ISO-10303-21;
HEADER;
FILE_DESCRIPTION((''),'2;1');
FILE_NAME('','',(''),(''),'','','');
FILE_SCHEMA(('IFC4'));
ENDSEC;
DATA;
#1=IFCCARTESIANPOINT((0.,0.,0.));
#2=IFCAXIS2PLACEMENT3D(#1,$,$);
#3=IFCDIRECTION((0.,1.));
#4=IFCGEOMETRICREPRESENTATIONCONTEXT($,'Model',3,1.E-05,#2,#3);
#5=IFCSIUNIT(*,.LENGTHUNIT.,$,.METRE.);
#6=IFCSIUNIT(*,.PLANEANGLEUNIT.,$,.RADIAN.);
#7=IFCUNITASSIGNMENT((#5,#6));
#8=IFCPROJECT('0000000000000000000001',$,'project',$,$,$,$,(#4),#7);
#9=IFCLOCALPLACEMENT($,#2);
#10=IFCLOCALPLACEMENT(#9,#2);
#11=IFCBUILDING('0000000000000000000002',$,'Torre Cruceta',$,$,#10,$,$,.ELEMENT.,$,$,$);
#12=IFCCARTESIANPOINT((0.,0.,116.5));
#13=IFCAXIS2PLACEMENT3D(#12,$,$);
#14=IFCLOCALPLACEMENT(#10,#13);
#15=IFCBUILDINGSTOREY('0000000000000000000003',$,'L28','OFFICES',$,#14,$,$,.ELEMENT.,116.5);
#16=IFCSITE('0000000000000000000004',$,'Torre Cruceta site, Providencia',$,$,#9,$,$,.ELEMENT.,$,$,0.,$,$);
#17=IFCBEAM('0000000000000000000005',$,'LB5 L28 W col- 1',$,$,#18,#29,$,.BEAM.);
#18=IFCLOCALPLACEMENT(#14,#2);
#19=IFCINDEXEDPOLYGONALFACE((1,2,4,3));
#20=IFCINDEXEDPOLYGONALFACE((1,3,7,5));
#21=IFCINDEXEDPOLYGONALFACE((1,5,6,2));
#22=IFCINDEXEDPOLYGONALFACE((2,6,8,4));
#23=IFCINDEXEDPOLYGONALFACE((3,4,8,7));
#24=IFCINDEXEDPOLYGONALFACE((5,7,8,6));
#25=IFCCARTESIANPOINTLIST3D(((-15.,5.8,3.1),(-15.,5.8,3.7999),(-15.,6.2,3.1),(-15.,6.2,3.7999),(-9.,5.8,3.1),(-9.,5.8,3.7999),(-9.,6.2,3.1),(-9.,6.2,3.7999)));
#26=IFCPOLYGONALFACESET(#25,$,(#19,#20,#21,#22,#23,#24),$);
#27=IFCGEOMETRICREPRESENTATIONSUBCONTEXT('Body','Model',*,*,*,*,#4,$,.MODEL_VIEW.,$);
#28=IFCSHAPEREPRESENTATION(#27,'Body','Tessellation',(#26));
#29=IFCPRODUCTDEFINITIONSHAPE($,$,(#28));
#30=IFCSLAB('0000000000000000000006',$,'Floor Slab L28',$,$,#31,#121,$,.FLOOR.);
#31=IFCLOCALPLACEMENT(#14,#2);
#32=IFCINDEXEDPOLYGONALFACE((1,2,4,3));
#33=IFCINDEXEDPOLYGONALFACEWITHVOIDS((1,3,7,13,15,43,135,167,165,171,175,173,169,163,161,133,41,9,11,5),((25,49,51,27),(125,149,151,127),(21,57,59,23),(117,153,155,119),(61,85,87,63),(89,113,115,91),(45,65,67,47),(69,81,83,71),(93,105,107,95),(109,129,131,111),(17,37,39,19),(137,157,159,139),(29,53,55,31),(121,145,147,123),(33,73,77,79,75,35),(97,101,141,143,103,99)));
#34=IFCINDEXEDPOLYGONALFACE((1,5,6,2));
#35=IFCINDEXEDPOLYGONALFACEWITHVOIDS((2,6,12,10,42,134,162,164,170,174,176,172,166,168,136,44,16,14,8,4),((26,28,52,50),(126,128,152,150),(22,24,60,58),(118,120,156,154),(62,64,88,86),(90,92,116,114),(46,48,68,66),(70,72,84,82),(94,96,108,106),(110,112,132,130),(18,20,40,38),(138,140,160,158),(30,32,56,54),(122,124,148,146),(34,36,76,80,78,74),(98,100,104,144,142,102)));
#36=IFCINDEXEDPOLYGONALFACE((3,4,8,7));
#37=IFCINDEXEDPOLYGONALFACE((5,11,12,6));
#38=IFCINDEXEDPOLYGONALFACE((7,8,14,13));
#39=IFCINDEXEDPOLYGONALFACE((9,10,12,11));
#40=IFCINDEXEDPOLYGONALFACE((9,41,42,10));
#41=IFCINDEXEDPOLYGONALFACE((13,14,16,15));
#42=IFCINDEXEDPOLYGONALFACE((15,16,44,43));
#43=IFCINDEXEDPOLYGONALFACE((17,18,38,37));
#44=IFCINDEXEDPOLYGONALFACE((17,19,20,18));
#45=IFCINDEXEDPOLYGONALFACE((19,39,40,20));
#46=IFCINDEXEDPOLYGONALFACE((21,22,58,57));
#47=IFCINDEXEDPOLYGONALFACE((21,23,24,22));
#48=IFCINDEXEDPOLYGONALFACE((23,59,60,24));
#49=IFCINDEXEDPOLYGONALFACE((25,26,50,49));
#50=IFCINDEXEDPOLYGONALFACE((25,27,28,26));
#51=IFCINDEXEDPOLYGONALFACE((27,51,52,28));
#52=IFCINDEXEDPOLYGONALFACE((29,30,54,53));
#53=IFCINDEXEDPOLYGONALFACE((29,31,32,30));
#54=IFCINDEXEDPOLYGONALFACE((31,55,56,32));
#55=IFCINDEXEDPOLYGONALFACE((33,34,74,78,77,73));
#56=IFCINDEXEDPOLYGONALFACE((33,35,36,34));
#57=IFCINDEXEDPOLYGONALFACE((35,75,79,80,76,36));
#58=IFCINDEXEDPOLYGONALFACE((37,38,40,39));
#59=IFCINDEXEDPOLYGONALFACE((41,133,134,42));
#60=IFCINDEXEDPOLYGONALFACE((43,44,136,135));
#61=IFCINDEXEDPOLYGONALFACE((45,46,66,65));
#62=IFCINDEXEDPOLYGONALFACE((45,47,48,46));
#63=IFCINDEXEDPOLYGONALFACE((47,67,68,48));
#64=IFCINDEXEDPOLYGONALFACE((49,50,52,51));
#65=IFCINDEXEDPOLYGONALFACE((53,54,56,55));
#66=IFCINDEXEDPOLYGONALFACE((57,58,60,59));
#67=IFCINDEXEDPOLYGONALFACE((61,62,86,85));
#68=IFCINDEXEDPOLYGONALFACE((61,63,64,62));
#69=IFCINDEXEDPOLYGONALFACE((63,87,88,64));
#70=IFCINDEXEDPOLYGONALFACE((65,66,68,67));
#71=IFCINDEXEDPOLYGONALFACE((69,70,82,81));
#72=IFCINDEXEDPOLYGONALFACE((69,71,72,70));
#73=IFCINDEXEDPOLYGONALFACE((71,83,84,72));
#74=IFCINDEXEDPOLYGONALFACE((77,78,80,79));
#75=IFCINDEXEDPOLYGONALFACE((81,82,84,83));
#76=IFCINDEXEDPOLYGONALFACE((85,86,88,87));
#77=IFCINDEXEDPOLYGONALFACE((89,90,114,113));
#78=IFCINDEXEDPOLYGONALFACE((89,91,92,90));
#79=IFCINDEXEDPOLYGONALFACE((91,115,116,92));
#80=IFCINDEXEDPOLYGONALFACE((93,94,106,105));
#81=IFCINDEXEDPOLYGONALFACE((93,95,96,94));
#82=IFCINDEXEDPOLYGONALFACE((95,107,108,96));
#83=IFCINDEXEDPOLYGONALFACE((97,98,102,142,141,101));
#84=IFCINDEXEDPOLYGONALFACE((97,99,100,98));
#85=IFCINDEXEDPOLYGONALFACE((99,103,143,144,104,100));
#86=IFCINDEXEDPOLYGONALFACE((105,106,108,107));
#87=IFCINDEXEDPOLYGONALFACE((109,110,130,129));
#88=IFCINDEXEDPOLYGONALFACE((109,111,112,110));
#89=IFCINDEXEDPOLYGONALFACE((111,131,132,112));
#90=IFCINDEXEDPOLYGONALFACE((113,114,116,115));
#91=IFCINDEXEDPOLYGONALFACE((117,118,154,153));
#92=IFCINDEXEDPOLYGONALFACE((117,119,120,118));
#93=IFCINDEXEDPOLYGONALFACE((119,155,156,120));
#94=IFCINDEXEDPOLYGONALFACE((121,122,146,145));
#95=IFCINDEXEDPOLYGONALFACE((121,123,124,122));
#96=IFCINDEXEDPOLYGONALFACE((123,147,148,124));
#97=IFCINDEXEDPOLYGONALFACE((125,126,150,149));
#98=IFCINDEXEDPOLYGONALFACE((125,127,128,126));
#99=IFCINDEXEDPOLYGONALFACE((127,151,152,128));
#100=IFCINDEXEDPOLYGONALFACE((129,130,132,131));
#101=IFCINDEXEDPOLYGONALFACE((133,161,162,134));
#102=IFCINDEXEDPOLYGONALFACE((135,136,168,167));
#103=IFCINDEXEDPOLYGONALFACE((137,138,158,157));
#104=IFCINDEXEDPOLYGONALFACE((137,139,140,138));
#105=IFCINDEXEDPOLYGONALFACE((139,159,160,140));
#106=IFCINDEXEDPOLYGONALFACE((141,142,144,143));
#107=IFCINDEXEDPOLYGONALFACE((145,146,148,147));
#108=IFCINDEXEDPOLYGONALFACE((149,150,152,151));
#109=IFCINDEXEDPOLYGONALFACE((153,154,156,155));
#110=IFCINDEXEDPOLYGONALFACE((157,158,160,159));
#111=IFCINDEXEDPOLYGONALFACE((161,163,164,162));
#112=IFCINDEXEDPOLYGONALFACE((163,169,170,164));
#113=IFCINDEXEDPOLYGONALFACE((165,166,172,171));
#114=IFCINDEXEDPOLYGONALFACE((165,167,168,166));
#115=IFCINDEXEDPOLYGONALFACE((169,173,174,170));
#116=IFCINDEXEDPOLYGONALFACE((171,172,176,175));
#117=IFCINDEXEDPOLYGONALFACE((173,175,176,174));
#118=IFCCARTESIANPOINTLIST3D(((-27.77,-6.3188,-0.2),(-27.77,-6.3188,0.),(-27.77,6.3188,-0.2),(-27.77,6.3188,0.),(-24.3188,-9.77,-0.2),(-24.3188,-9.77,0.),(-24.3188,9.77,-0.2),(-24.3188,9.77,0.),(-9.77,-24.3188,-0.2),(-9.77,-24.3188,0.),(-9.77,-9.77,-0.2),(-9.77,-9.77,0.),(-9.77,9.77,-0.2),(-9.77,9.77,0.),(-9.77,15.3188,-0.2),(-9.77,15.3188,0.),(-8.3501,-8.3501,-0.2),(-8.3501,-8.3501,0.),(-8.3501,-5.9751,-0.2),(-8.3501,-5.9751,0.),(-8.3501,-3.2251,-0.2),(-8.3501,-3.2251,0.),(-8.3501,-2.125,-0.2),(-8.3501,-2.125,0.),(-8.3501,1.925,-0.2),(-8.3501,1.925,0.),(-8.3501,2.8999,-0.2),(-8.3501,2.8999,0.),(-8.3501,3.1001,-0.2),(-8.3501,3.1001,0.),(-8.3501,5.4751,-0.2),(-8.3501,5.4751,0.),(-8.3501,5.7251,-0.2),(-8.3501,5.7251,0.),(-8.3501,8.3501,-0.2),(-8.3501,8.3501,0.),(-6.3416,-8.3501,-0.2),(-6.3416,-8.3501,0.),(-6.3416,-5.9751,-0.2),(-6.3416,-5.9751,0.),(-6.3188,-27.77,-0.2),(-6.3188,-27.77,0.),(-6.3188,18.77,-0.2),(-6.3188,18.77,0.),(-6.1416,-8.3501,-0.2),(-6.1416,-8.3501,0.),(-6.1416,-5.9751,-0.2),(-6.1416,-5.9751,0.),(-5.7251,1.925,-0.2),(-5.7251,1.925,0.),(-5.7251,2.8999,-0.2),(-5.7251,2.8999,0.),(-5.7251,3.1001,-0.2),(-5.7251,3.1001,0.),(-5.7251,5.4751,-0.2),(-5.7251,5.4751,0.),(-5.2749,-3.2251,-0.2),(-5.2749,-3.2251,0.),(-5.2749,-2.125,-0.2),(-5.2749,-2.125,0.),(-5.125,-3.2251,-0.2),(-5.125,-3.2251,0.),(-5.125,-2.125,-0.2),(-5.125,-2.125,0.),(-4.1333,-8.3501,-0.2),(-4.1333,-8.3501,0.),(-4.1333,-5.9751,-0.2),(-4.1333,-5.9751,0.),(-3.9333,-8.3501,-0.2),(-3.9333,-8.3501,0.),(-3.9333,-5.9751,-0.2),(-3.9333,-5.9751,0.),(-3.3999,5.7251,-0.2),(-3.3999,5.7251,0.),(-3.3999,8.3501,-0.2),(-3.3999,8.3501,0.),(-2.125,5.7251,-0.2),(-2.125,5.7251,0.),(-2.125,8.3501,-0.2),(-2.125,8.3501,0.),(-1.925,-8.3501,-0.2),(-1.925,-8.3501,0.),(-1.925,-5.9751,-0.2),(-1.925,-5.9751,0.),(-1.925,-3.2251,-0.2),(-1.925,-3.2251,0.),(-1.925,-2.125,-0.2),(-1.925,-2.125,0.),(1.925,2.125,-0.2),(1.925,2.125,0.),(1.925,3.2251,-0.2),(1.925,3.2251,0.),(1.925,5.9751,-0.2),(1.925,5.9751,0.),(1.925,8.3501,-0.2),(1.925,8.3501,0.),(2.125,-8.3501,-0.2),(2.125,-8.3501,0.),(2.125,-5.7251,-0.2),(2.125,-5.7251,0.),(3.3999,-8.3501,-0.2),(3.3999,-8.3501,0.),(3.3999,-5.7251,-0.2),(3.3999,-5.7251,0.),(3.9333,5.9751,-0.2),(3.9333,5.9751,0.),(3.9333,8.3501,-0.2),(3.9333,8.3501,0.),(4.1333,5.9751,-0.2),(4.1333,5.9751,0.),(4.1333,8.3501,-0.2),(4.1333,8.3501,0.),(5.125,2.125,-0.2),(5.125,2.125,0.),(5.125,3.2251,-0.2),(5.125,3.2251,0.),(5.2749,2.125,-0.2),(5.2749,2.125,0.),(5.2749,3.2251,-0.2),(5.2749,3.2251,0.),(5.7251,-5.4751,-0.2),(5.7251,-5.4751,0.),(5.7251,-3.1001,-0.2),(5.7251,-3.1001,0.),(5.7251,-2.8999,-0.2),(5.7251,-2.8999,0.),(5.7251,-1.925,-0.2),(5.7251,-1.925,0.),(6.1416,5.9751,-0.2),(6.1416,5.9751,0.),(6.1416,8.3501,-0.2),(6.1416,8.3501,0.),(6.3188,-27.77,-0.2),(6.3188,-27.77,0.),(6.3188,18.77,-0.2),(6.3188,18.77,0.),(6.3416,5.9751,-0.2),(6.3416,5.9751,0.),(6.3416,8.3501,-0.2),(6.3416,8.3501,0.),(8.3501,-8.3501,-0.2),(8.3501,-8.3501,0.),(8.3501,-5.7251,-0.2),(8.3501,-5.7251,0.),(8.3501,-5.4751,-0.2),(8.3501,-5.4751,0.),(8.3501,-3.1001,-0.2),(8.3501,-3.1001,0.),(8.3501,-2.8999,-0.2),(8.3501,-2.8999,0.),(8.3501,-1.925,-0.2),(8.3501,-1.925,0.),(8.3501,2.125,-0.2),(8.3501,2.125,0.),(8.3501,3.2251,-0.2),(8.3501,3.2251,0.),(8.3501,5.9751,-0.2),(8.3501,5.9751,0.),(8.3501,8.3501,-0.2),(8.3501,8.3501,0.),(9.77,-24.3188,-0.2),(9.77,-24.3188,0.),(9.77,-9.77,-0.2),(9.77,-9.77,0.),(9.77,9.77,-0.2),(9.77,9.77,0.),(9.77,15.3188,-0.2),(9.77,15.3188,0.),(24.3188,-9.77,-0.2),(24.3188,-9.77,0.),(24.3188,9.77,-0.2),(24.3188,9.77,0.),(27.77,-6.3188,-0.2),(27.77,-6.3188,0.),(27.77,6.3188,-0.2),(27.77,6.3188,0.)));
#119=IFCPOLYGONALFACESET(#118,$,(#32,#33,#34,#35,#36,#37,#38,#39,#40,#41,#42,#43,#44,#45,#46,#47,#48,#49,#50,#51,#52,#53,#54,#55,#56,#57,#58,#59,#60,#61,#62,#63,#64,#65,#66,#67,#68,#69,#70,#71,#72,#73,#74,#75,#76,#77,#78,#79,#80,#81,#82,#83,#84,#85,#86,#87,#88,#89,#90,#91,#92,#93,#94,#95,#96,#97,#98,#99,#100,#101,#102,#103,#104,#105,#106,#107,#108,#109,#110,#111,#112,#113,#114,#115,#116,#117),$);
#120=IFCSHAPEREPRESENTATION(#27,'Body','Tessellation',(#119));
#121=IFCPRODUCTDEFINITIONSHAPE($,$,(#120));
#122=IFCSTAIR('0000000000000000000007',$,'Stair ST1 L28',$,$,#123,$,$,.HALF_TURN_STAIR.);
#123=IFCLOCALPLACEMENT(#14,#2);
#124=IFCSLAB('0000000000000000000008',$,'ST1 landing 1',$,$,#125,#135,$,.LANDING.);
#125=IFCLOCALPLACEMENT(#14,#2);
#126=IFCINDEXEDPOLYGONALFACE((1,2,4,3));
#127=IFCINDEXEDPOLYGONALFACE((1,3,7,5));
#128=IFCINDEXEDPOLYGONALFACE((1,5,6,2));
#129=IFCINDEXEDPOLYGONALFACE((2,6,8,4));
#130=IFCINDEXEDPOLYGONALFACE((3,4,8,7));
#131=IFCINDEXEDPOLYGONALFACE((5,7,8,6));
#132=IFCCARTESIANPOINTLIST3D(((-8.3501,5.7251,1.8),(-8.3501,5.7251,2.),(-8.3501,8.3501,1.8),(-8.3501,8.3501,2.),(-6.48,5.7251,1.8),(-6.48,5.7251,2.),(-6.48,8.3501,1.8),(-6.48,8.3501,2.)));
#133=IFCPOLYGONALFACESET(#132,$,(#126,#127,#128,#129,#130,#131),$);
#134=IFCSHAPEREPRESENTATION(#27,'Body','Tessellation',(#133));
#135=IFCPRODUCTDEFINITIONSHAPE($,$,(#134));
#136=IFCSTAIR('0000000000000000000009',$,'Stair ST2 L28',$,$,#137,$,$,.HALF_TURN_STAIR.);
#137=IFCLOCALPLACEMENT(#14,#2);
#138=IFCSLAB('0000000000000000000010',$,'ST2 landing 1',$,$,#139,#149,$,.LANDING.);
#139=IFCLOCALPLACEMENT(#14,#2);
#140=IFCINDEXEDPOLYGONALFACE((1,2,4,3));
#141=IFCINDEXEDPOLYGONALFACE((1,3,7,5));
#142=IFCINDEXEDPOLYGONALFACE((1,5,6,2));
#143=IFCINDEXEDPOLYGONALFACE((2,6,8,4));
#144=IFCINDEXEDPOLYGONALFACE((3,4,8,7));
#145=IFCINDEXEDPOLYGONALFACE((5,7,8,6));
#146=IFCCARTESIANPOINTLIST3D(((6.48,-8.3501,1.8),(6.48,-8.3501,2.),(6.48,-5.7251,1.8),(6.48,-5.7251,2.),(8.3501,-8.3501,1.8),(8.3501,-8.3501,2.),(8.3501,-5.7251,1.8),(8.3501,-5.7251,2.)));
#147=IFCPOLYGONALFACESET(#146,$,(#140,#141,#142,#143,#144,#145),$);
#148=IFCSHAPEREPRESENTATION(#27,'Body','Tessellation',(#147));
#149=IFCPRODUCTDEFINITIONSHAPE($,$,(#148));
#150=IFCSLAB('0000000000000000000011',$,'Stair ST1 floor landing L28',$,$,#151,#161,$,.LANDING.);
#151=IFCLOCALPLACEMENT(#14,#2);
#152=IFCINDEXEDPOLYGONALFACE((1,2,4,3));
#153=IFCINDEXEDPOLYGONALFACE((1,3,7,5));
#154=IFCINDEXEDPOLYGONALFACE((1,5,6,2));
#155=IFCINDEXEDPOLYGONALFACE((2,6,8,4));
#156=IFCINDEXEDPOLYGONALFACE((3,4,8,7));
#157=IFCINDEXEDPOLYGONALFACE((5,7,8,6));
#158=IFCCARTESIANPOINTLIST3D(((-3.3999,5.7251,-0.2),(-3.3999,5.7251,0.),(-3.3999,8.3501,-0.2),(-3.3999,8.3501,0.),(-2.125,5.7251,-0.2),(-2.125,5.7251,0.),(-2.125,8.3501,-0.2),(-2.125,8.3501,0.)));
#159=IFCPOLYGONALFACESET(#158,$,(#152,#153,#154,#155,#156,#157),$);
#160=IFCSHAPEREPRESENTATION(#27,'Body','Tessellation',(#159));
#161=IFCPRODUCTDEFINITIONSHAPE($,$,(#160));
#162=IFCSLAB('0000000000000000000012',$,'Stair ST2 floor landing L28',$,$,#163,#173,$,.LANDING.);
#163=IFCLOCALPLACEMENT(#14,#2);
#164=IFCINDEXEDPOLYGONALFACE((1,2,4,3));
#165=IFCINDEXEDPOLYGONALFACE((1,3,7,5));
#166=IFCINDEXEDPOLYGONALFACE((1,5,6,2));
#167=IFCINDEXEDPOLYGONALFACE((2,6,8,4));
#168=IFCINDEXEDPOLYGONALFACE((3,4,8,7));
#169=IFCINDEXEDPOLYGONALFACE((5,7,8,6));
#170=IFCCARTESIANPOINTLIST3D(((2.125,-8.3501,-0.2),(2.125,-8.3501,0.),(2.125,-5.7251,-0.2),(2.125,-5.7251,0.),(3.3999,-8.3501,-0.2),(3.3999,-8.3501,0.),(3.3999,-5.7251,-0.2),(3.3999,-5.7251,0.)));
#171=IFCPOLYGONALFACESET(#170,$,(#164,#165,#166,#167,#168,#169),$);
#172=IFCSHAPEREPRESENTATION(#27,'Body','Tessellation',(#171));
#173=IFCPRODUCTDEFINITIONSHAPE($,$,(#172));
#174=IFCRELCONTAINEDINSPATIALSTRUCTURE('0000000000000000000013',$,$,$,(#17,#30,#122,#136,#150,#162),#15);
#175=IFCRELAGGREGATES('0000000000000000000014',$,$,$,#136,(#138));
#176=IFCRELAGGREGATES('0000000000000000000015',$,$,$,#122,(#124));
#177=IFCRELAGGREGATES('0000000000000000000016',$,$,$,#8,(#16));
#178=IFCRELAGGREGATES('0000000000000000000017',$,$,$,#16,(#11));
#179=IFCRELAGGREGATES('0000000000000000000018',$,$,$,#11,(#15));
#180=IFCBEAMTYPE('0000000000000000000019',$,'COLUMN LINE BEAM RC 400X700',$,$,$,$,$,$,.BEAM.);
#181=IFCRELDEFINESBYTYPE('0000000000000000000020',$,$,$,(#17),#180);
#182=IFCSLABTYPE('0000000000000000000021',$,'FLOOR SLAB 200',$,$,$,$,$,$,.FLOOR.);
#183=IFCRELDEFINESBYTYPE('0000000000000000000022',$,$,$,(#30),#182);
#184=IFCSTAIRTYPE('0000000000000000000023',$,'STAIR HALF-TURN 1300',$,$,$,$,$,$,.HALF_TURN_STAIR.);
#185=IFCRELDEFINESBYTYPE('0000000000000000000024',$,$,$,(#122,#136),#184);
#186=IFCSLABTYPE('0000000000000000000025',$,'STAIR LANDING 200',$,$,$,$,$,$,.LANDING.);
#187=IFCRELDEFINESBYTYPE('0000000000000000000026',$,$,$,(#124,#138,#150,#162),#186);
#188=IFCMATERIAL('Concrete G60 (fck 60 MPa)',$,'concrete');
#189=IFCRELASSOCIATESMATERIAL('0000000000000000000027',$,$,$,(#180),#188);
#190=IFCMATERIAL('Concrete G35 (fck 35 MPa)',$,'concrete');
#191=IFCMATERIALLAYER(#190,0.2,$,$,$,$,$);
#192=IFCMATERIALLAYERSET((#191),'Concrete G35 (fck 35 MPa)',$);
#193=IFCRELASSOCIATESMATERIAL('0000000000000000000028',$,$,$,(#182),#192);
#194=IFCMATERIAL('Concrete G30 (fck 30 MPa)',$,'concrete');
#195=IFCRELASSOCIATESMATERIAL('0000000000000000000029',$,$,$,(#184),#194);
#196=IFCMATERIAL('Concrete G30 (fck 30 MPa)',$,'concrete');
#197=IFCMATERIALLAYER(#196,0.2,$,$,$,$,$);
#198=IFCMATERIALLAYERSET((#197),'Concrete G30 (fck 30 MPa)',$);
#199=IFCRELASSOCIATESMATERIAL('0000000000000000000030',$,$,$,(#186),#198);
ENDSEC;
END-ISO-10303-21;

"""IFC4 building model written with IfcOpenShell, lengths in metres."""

from ifc_helpers import new_model, si_unit, direction, frame, origin, origin_2d, place, context, subcontext, project, spatial, polyline, rectangle, outline, extrude, material, layer, layer_set, material_profile, profile_set, type_object, element, aggregate, save


model = new_model("IFC4")

# Units and contexts
model_context = context("Model", 3, precision=1e-05, world=origin(), true_north=direction((0.0, 1.0)))
body_context = subcontext(model_context, "Body", "Model", "MODEL_VIEW")
ifc_project = project(units=[si_unit("LENGTHUNIT", "METRE"), si_unit("PLANEANGLEUNIT", "RADIAN")], contexts=[model_context])

# Site, building, storey
site_placement = place(None, origin())
site = spatial("IfcSite", under=ifc_project, at=site_placement, Name="Torre Cruceta site, Providencia", CompositionType="ELEMENT", RefElevation=0.0)
building_placement = place(site_placement, origin())
building = spatial("IfcBuilding", under=site, at=building_placement, Name="Torre Cruceta", CompositionType="ELEMENT")
storey_placement = place(building_placement, frame((0.0, 0.0, 116.5)))
storey = spatial("IfcBuildingStorey", under=building, at=storey_placement, Name="L28", Description="OFFICES", CompositionType="ELEMENT", Elevation=116.5)

# Beam
ifc_material_1 = material(Name="Concrete G60 (fck 60 MPa)", Category="concrete")
ifc_material_profile = material_profile(ifc_material_1, rectangle(XDim=0.3999, YDim=0.7, at=origin_2d()), Name="RC 400X700")
ifc_profile_set = profile_set([ifc_material_profile], Name="Concrete G60 (fck 60 MPa)")
beam_type = type_object("IfcBeamType", Name="COLUMN LINE BEAM RC 400X700", PredefinedType="BEAM", material=ifc_profile_set)
beam_placement = place(storey_placement, frame((-9.0, 6.0, 3.45), z_axis=(-1.0, 0.0, 0.0), x_axis=(0.0, -1.0, 0.0)))
element("IfcBeam", 1, at=beam_placement, inside=storey, type_object=beam_type, Name="LB5 L28 W col- 1", PredefinedType="BEAM", context=body_context, shape_type="SweptSolid", body=[
    extrude(rectangle(XDim=0.3999, YDim=0.7, at=origin_2d()), origin(), (0.0, 0.0, 1.0), 6.0),
])

# Slab
ifc_material_2 = material(Name="Concrete G35 (fck 35 MPa)", Category="concrete")
ifc_layer_1 = layer(ifc_material_2, 0.2)
ifc_layer_set_1 = layer_set([ifc_layer_1], Name="Concrete G35 (fck 35 MPa)")
slab_type_1 = type_object("IfcSlabType", Name="FLOOR SLAB 200", PredefinedType="FLOOR", material=ifc_layer_set_1)
slab_1_placement = place(storey_placement, frame((0.0, 0.0, -0.2)))
element("IfcSlab", 2, at=slab_1_placement, inside=storey, type_object=slab_type_1, Name="Floor Slab L28", PredefinedType="FLOOR", context=body_context, shape_type="SweptSolid", body=[
    extrude(outline(polyline([(9.77, -9.77), (9.77, -24.3188), (6.3188, -27.77), (-6.3188, -27.77), (-9.77, -24.3188), (-9.77, -9.77), (-24.3188, -9.77), (-27.77, -6.3188), (-27.77, 6.3188), (-24.3188, 9.77), (-9.77, 9.77), (-9.77, 15.3188), (-6.3188, 18.77), (6.3188, 18.77), (9.77, 15.3188), (9.77, 9.77), (24.3188, 9.77), (27.77, 6.3188), (27.77, -6.3188), (24.3188, -9.77), (9.77, -9.77)]), holes=[polyline([(1.925, 5.9751), (3.9333, 5.9751), (3.9333, 8.3501), (1.925, 8.3501), (1.925, 5.9751)]), polyline([(4.1333, 5.9751), (6.1416, 5.9751), (6.1416, 8.3501), (4.1333, 8.3501), (4.1333, 5.9751)]), polyline([(6.3416, 5.9751), (8.3501, 5.9751), (8.3501, 8.3501), (6.3416, 8.3501), (6.3416, 5.9751)]), polyline([(1.925, 2.125), (5.125, 2.125), (5.125, 3.2251), (1.925, 3.2251), (1.925, 2.125)]), polyline([(5.2749, 2.125), (8.3501, 2.125), (8.3501, 3.2251), (5.2749, 3.2251), (5.2749, 2.125)]), polyline([(-8.3501, 3.1001), (-5.7251, 3.1001), (-5.7251, 5.4751), (-8.3501, 5.4751), (-8.3501, 3.1001)]), polyline([(-8.3501, 1.925), (-5.7251, 1.925), (-5.7251, 2.8999), (-8.3501, 2.8999), (-8.3501, 1.925)]), polyline([(-3.9333, -8.3501), (-1.925, -8.3501), (-1.925, -5.9751), (-3.9333, -5.9751), (-3.9333, -8.3501)]), polyline([(-6.1416, -8.3501), (-4.1333, -8.3501), (-4.1333, -5.9751), (-6.1416, -5.9751), (-6.1416, -8.3501)]), polyline([(-8.3501, -8.3501), (-6.3416, -8.3501), (-6.3416, -5.9751), (-8.3501, -5.9751), (-8.3501, -8.3501)]), polyline([(-5.125, -3.2251), (-1.925, -3.2251), (-1.925, -2.125), (-5.125, -2.125), (-5.125, -3.2251)]), polyline([(-8.3501, -3.2251), (-5.2749, -3.2251), (-5.2749, -2.125), (-8.3501, -2.125), (-8.3501, -3.2251)]), polyline([(5.7251, -5.4751), (8.3501, -5.4751), (8.3501, -3.1001), (5.7251, -3.1001), (5.7251, -5.4751)]), polyline([(5.7251, -2.8999), (8.3501, -2.8999), (8.3501, -1.925), (5.7251, -1.925), (5.7251, -2.8999)]), polyline([(-8.3501, 5.7251), (-8.3501, 8.3501), (-3.3999, 8.3501), (-2.125, 8.3501), (-2.125, 5.7251), (-3.3999, 5.7251), (-8.3501, 5.7251)]), polyline([(2.125, -5.7251), (3.3999, -5.7251), (8.3501, -5.7251), (8.3501, -8.3501), (3.3999, -8.3501), (2.125, -8.3501), (2.125, -5.7251)])]), origin(), (0.0, 0.0, 1.0), 0.2),
])

# Stairs, slabs
ifc_material_3 = material(Name="Concrete G30 (fck 30 MPa)", Category="concrete")
stair_type = type_object("IfcStairType", Name="STAIR HALF-TURN 1300", PredefinedType="HALF_TURN_STAIR", material=ifc_material_3)
stair_1_placement = place(storey_placement, origin())
stair_1 = element("IfcStair", 3, at=stair_1_placement, inside=storey, type_object=stair_type, Name="Stair ST1 L28", PredefinedType="HALF_TURN_STAIR")
ifc_material_4 = material(Name="Concrete G30 (fck 30 MPa)", Category="concrete")
ifc_layer_2 = layer(ifc_material_4, 0.2)
ifc_layer_set_2 = layer_set([ifc_layer_2], Name="Concrete G30 (fck 30 MPa)")
slab_type_2 = type_object("IfcSlabType", Name="STAIR LANDING 200", PredefinedType="LANDING", material=ifc_layer_set_2)
slab_2_placement = place(storey_placement, frame((0.0, 0.0, 1.8)))
slab_2 = element("IfcSlab", 4, at=slab_2_placement, type_object=slab_type_2, Name="ST1 landing 1", PredefinedType="LANDING", context=body_context, shape_type="SweptSolid", body=[
    extrude(outline(polyline([(-8.3501, 5.7251), (-6.48, 5.7251), (-6.48, 8.3501), (-8.3501, 8.3501), (-8.3501, 5.7251)])), origin(), (0.0, 0.0, 1.0), 0.2),
])
stair_2_placement = place(storey_placement, origin())
stair_2 = element("IfcStair", 5, at=stair_2_placement, inside=storey, type_object=stair_type, Name="Stair ST2 L28", PredefinedType="HALF_TURN_STAIR")
slab_3_placement = place(storey_placement, frame((0.0, 0.0, 1.8)))
slab_3 = element("IfcSlab", 6, at=slab_3_placement, type_object=slab_type_2, Name="ST2 landing 1", PredefinedType="LANDING", context=body_context, shape_type="SweptSolid", body=[
    extrude(outline(polyline([(6.48, -8.3501), (8.3501, -8.3501), (8.3501, -5.7251), (6.48, -5.7251), (6.48, -8.3501)])), origin(), (0.0, 0.0, 1.0), 0.2),
])
aggregate(stair_2, [slab_3])

# Slabs
slab_4_placement = place(storey_placement, frame((0.0, 0.0, -0.2)))
element("IfcSlab", 7, at=slab_4_placement, inside=storey, type_object=slab_type_2, Name="Stair ST1 floor landing L28", PredefinedType="LANDING", context=body_context, shape_type="SweptSolid", body=[
    extrude(outline(polyline([(-2.125, 8.3501), (-2.125, 5.7251), (-3.3999, 5.7251), (-3.3999, 8.3501), (-2.125, 8.3501)])), origin(), (0.0, 0.0, 1.0), 0.2),
])
slab_5_placement = place(storey_placement, frame((0.0, 0.0, -0.2)))
element("IfcSlab", 8, at=slab_5_placement, inside=storey, type_object=slab_type_2, Name="Stair ST2 floor landing L28", PredefinedType="LANDING", context=body_context, shape_type="SweptSolid", body=[
    extrude(outline(polyline([(2.125, -8.3501), (2.125, -5.7251), (3.3999, -5.7251), (3.3999, -8.3501), (2.125, -8.3501)])), origin(), (0.0, 0.0, 1.0), 0.2),
])

aggregate(stair_1, [slab_2])

save(model, "model.ifc")
